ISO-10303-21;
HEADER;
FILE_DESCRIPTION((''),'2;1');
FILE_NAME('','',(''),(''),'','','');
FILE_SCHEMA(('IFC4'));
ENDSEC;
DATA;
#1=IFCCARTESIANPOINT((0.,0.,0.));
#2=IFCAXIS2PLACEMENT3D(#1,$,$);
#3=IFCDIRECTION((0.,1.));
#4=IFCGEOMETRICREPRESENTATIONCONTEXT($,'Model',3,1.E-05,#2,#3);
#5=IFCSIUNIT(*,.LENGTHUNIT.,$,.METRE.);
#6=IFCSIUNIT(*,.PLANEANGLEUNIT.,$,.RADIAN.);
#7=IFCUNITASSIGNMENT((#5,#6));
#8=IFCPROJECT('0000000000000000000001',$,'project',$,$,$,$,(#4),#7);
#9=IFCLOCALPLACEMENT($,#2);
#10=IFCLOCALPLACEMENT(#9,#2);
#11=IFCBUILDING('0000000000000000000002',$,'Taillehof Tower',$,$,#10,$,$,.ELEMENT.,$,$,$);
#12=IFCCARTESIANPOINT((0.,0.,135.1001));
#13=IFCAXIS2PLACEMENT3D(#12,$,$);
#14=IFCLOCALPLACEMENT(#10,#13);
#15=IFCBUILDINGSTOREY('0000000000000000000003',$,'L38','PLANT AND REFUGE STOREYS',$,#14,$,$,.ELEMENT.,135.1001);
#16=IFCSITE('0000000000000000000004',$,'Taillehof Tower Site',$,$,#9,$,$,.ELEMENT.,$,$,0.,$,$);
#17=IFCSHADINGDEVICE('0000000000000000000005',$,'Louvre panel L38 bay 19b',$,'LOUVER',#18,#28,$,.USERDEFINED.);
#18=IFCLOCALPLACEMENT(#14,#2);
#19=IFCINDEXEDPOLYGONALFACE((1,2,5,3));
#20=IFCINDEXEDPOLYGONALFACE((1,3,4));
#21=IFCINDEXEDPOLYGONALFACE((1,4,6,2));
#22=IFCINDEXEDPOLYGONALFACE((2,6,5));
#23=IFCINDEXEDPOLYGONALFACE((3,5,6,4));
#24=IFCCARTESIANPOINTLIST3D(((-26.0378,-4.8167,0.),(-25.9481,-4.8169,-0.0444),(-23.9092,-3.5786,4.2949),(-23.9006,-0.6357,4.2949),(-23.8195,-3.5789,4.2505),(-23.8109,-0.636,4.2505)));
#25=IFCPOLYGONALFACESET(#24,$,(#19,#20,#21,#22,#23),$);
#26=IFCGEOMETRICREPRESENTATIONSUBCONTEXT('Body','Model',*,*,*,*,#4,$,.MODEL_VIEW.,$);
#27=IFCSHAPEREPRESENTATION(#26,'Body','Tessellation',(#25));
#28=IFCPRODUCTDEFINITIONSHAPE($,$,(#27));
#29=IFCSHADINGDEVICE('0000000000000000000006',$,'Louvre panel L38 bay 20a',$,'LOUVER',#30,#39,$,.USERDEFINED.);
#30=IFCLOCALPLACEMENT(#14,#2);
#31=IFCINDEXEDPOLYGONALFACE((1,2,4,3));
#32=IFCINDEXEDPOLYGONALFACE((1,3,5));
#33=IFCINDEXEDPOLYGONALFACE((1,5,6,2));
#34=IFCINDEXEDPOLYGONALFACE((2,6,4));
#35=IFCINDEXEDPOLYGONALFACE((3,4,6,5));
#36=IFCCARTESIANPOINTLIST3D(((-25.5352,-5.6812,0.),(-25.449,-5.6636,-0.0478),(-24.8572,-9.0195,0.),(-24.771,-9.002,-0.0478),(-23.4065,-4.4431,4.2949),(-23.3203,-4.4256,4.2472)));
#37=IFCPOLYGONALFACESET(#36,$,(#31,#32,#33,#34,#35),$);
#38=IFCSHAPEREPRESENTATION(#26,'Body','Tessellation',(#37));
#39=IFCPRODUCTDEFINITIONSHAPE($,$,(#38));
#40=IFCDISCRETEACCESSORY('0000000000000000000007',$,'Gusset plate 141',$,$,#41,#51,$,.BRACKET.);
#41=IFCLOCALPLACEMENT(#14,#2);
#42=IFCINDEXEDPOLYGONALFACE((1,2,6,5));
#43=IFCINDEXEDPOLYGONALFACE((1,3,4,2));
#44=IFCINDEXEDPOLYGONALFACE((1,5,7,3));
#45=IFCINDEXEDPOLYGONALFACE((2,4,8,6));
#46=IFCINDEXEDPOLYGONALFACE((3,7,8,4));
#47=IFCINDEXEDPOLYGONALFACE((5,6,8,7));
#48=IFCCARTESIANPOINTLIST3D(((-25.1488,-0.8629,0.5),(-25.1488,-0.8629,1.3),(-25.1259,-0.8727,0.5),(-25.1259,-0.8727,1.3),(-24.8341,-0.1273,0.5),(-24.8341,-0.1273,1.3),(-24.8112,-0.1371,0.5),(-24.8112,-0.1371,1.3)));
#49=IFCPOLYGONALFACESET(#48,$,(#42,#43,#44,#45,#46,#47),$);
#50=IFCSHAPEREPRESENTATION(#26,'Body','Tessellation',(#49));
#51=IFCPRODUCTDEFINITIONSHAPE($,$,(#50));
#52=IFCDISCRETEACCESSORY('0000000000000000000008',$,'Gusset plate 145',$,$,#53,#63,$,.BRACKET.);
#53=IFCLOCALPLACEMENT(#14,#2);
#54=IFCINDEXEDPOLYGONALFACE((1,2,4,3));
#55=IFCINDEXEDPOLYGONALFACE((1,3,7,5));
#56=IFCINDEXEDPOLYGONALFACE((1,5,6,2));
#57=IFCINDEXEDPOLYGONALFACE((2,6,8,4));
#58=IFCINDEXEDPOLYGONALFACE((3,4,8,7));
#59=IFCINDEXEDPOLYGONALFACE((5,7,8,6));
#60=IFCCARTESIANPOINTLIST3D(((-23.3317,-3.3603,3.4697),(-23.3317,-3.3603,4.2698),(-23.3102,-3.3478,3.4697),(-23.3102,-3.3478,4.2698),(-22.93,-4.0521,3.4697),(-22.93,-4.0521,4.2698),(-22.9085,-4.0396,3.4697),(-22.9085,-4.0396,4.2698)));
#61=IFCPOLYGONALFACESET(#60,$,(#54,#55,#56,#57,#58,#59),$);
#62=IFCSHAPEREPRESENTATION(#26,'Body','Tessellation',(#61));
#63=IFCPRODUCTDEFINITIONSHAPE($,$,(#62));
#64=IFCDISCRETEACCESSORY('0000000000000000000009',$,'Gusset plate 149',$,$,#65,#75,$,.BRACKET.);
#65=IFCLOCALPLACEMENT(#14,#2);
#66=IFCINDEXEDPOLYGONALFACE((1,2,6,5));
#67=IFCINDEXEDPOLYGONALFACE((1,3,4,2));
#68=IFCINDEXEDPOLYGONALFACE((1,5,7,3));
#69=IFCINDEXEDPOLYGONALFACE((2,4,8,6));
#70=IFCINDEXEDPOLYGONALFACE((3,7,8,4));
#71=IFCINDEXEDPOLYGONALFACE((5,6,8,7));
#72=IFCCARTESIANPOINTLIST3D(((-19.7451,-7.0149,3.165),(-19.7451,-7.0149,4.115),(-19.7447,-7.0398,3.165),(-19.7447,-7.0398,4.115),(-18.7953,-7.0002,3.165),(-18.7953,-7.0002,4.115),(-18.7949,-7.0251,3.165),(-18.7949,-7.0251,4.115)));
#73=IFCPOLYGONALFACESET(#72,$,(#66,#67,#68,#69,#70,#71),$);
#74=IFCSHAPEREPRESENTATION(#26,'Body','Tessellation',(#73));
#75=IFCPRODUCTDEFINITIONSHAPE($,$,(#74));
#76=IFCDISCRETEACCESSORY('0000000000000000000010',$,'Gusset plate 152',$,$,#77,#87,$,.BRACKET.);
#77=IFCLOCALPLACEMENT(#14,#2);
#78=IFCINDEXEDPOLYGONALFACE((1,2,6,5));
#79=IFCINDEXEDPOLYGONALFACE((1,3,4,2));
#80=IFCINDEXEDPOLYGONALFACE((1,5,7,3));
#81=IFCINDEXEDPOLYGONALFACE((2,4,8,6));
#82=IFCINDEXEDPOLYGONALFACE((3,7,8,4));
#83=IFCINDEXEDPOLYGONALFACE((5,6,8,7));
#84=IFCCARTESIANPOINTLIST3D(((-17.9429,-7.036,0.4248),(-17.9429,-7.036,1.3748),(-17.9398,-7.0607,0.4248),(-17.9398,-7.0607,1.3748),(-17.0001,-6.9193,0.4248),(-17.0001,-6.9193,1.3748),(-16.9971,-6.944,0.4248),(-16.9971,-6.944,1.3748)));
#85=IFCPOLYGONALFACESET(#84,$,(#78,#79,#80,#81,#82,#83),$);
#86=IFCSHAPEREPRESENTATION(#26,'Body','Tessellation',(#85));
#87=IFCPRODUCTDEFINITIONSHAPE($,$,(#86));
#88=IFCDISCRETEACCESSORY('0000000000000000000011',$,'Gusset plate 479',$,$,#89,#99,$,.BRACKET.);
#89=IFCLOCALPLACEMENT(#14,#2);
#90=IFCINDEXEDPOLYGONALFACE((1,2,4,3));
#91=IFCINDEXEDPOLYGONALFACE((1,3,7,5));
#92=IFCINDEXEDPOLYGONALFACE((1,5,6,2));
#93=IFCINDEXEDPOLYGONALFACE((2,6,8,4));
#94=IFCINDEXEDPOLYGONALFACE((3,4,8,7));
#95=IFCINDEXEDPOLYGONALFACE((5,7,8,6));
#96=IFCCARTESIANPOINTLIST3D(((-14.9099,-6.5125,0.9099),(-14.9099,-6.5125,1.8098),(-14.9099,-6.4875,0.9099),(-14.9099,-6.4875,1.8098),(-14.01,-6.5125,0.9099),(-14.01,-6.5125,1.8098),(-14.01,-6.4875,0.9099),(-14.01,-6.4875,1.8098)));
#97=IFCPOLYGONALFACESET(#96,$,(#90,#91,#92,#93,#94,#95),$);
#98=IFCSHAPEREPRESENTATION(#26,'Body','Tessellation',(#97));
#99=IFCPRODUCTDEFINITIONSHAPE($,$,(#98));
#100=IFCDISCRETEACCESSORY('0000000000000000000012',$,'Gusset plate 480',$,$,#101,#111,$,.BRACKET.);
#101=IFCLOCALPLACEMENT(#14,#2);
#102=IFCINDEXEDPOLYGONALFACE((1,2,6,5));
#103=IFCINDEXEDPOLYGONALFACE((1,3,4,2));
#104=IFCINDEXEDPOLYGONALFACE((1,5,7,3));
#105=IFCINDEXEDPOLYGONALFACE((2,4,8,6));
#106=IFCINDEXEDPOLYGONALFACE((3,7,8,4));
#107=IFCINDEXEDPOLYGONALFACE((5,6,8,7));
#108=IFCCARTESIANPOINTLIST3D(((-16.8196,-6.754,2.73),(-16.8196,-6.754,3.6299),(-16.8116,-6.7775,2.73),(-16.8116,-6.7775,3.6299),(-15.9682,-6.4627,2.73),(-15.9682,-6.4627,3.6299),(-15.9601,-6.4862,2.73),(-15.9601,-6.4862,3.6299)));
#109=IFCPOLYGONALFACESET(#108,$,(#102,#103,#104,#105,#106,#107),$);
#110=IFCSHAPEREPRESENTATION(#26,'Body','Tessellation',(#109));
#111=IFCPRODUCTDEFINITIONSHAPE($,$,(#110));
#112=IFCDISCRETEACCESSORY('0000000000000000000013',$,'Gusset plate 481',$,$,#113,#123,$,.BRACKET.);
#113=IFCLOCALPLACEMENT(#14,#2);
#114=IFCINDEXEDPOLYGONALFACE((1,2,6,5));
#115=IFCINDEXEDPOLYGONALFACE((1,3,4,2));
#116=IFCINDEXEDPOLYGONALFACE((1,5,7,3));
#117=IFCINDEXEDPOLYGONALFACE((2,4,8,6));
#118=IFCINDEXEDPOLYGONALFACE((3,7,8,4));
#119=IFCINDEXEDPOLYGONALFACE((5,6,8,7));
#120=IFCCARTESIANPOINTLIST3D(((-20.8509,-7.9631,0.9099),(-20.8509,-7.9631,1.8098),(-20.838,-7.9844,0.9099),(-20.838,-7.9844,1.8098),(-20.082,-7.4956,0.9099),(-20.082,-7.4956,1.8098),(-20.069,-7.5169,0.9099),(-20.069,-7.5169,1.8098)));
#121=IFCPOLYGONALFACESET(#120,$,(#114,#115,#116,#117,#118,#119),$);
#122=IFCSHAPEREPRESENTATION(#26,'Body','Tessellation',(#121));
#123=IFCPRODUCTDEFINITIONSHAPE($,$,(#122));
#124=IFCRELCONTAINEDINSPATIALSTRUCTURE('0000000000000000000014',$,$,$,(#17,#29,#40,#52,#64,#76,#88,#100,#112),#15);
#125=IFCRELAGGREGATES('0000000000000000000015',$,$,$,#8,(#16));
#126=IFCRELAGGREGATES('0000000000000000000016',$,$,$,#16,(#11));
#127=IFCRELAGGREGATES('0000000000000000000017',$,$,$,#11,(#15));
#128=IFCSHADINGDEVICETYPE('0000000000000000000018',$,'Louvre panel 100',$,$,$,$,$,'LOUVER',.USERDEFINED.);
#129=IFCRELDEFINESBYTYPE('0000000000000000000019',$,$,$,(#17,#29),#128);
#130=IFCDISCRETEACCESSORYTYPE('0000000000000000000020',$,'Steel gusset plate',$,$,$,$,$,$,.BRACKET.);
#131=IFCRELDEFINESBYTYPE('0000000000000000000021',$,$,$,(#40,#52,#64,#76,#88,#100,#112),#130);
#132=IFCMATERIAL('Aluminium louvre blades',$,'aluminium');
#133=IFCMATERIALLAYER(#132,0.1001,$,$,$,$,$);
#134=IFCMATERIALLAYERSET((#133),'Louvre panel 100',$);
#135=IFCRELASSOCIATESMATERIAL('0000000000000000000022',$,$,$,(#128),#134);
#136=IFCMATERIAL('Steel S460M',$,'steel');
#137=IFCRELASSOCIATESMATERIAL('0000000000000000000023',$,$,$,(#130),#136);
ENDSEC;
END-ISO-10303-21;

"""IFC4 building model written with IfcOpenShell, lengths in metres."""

from ifc_helpers import new_model, si_unit, direction, frame, origin, origin_2d, place, context, subcontext, project, spatial, polyline, rectangle, outline, extrude, material, layer, layer_set, type_object, element, save


model = new_model("IFC4")

# Units and contexts
model_context = context("Model", 3, precision=1e-05, world=origin(), true_north=direction((0.0, 1.0)))
body_context = subcontext(model_context, "Body", "Model", "MODEL_VIEW")
ifc_project = project(units=[si_unit("LENGTHUNIT", "METRE"), si_unit("PLANEANGLEUNIT", "RADIAN")], contexts=[model_context])

# Site, building, storey
site_placement = place(None, origin())
site = spatial("IfcSite", under=ifc_project, at=site_placement, Name="Taillehof Tower Site", CompositionType="ELEMENT", RefElevation=0.0)
building_placement = place(site_placement, origin())
building = spatial("IfcBuilding", under=site, at=building_placement, Name="Taillehof Tower", CompositionType="ELEMENT")
storey_placement = place(building_placement, frame((0.0, 0.0, 135.1001)))
storey = spatial("IfcBuildingStorey", under=building, at=storey_placement, Name="L38", Description="PLANT AND REFUGE STOREYS", CompositionType="ELEMENT", Elevation=135.1001)

# Shading devices
ifc_material_1 = material(Name="Aluminium louvre blades", Category="aluminium")
ifc_layer_1 = layer(ifc_material_1, 0.1001)
ifc_layer_set_1 = layer_set([ifc_layer_1], Name="Louvre panel 100")
shading_device_type = type_object("IfcShadingDeviceType", Name="Louvre panel 100", ElementType="LOUVER", PredefinedType="USERDEFINED", material=ifc_layer_set_1)
shading_device_1_placement = place(storey_placement, frame((-26.0378, -4.8167, 0.0), z_axis=(-0.896286, 0.002602, 0.44347), x_axis=(0.429964, 0.250069, 0.867523)))
element("IfcShadingDevice", 1, at=shading_device_1_placement, inside=storey, type_object=shading_device_type, Name="Louvre panel L38 bay 19b", ObjectType="LOUVER", PredefinedType="USERDEFINED", context=body_context, shape_type="SweptSolid", body=[
    extrude(outline(polyline([(0.0, 0.0), (4.9508, 0.0), (5.6904, 2.8484), (0.0, 0.0)])), origin(), (0.0, 0.0, -1.0), 0.1001),
])
shading_device_2_placement = place(storey_placement, frame((-25.5352, -5.6812, 0.0), z_axis=(-0.861192, -0.174896, 0.477242), x_axis=(0.199023, -0.979995, 0.0)))
element("IfcShadingDevice", 2, at=shading_device_2_placement, inside=storey, type_object=shading_device_type, Name="Louvre panel L38 bay 20a", ObjectType="LOUVER", PredefinedType="USERDEFINED", context=body_context, shape_type="SweptSolid", body=[
    extrude(outline(polyline([(0.0, 0.0), (3.4065, 0.0), (-0.7896, 4.8874), (0.0, 0.0)])), origin(), (0.0, 0.0, -1.0), 0.1001),
])

# Discrete accessories
ifc_material_2 = material(Name="Steel S460M", Category="steel")
discrete_accessory_type = type_object("IfcDiscreteAccessoryType", Name="Steel gusset plate", PredefinedType="BRACKET", material=ifc_material_2)
for number, where, z_axis, x_axis, name in (
    (3, (-24.98, -0.5, 0.5), (0.0, 0.0, 1.0), (-0.393335, -0.919395, 0.0), "Gusset plate 141"),
    (4, (-23.1201, -3.7, 3.4697), (0.0, 0.0, 1.0), (0.50209, -0.864815, 0.0), "Gusset plate 145"),
):
    element("IfcDiscreteAccessory", number, at=place(storey_placement, frame(where, z_axis=z_axis, x_axis=x_axis)), inside=storey, type_object=discrete_accessory_type, Name=name, PredefinedType="BRACKET", context=body_context, shape_type="SweptSolid", body=[
        extrude(rectangle(XDim=0.8, YDim=0.0249, at=origin_2d()), origin(), (0.0, 0.0, 1.0), 0.8),
    ])
for number, where, z_axis, x_axis, name in (
    (5, (-19.27, -7.02, 3.165), (0.0, 0.0, 1.0), (-0.99988, -0.015472, 0.0), "Gusset plate 149"),
    (6, (-17.47, -6.99, 0.4248), (0.0, 0.0, 1.0), (-0.992419, -0.122902, 0.0), "Gusset plate 152"),
):
    element("IfcDiscreteAccessory", number, at=place(storey_placement, frame(where, z_axis=z_axis, x_axis=x_axis)), inside=storey, type_object=discrete_accessory_type, Name=name, PredefinedType="BRACKET", context=body_context, shape_type="SweptSolid", body=[
        extrude(rectangle(XDim=0.95, YDim=0.0249, at=origin_2d()), origin(), (0.0, 0.0, 1.0), 0.95),
    ])
for number, where, z_axis, x_axis, name in (
    (7, (-14.46, -6.5, 0.9099), (0.0, 0.0, 1.0), (1.0, 0.0, 0.0), "Gusset plate 479"),
    (8, (-16.3899, -6.6201, 2.73), (0.0, 0.0, 1.0), (0.946158, 0.323704, 0.0), "Gusset plate 480"),
    (9, (-20.46, -7.74, 0.9099), (0.0, 0.0, 1.0), (0.854473, 0.519495, 0.0), "Gusset plate 481"),
):
    element("IfcDiscreteAccessory", number, at=place(storey_placement, frame(where, z_axis=z_axis, x_axis=x_axis)), inside=storey, type_object=discrete_accessory_type, Name=name, PredefinedType="BRACKET", context=body_context, shape_type="SweptSolid", body=[
        extrude(rectangle(XDim=0.8999, YDim=0.0249, at=origin_2d()), origin(), (0.0, 0.0, 1.0), 0.8999),
    ])

save(model, "model.ifc")
